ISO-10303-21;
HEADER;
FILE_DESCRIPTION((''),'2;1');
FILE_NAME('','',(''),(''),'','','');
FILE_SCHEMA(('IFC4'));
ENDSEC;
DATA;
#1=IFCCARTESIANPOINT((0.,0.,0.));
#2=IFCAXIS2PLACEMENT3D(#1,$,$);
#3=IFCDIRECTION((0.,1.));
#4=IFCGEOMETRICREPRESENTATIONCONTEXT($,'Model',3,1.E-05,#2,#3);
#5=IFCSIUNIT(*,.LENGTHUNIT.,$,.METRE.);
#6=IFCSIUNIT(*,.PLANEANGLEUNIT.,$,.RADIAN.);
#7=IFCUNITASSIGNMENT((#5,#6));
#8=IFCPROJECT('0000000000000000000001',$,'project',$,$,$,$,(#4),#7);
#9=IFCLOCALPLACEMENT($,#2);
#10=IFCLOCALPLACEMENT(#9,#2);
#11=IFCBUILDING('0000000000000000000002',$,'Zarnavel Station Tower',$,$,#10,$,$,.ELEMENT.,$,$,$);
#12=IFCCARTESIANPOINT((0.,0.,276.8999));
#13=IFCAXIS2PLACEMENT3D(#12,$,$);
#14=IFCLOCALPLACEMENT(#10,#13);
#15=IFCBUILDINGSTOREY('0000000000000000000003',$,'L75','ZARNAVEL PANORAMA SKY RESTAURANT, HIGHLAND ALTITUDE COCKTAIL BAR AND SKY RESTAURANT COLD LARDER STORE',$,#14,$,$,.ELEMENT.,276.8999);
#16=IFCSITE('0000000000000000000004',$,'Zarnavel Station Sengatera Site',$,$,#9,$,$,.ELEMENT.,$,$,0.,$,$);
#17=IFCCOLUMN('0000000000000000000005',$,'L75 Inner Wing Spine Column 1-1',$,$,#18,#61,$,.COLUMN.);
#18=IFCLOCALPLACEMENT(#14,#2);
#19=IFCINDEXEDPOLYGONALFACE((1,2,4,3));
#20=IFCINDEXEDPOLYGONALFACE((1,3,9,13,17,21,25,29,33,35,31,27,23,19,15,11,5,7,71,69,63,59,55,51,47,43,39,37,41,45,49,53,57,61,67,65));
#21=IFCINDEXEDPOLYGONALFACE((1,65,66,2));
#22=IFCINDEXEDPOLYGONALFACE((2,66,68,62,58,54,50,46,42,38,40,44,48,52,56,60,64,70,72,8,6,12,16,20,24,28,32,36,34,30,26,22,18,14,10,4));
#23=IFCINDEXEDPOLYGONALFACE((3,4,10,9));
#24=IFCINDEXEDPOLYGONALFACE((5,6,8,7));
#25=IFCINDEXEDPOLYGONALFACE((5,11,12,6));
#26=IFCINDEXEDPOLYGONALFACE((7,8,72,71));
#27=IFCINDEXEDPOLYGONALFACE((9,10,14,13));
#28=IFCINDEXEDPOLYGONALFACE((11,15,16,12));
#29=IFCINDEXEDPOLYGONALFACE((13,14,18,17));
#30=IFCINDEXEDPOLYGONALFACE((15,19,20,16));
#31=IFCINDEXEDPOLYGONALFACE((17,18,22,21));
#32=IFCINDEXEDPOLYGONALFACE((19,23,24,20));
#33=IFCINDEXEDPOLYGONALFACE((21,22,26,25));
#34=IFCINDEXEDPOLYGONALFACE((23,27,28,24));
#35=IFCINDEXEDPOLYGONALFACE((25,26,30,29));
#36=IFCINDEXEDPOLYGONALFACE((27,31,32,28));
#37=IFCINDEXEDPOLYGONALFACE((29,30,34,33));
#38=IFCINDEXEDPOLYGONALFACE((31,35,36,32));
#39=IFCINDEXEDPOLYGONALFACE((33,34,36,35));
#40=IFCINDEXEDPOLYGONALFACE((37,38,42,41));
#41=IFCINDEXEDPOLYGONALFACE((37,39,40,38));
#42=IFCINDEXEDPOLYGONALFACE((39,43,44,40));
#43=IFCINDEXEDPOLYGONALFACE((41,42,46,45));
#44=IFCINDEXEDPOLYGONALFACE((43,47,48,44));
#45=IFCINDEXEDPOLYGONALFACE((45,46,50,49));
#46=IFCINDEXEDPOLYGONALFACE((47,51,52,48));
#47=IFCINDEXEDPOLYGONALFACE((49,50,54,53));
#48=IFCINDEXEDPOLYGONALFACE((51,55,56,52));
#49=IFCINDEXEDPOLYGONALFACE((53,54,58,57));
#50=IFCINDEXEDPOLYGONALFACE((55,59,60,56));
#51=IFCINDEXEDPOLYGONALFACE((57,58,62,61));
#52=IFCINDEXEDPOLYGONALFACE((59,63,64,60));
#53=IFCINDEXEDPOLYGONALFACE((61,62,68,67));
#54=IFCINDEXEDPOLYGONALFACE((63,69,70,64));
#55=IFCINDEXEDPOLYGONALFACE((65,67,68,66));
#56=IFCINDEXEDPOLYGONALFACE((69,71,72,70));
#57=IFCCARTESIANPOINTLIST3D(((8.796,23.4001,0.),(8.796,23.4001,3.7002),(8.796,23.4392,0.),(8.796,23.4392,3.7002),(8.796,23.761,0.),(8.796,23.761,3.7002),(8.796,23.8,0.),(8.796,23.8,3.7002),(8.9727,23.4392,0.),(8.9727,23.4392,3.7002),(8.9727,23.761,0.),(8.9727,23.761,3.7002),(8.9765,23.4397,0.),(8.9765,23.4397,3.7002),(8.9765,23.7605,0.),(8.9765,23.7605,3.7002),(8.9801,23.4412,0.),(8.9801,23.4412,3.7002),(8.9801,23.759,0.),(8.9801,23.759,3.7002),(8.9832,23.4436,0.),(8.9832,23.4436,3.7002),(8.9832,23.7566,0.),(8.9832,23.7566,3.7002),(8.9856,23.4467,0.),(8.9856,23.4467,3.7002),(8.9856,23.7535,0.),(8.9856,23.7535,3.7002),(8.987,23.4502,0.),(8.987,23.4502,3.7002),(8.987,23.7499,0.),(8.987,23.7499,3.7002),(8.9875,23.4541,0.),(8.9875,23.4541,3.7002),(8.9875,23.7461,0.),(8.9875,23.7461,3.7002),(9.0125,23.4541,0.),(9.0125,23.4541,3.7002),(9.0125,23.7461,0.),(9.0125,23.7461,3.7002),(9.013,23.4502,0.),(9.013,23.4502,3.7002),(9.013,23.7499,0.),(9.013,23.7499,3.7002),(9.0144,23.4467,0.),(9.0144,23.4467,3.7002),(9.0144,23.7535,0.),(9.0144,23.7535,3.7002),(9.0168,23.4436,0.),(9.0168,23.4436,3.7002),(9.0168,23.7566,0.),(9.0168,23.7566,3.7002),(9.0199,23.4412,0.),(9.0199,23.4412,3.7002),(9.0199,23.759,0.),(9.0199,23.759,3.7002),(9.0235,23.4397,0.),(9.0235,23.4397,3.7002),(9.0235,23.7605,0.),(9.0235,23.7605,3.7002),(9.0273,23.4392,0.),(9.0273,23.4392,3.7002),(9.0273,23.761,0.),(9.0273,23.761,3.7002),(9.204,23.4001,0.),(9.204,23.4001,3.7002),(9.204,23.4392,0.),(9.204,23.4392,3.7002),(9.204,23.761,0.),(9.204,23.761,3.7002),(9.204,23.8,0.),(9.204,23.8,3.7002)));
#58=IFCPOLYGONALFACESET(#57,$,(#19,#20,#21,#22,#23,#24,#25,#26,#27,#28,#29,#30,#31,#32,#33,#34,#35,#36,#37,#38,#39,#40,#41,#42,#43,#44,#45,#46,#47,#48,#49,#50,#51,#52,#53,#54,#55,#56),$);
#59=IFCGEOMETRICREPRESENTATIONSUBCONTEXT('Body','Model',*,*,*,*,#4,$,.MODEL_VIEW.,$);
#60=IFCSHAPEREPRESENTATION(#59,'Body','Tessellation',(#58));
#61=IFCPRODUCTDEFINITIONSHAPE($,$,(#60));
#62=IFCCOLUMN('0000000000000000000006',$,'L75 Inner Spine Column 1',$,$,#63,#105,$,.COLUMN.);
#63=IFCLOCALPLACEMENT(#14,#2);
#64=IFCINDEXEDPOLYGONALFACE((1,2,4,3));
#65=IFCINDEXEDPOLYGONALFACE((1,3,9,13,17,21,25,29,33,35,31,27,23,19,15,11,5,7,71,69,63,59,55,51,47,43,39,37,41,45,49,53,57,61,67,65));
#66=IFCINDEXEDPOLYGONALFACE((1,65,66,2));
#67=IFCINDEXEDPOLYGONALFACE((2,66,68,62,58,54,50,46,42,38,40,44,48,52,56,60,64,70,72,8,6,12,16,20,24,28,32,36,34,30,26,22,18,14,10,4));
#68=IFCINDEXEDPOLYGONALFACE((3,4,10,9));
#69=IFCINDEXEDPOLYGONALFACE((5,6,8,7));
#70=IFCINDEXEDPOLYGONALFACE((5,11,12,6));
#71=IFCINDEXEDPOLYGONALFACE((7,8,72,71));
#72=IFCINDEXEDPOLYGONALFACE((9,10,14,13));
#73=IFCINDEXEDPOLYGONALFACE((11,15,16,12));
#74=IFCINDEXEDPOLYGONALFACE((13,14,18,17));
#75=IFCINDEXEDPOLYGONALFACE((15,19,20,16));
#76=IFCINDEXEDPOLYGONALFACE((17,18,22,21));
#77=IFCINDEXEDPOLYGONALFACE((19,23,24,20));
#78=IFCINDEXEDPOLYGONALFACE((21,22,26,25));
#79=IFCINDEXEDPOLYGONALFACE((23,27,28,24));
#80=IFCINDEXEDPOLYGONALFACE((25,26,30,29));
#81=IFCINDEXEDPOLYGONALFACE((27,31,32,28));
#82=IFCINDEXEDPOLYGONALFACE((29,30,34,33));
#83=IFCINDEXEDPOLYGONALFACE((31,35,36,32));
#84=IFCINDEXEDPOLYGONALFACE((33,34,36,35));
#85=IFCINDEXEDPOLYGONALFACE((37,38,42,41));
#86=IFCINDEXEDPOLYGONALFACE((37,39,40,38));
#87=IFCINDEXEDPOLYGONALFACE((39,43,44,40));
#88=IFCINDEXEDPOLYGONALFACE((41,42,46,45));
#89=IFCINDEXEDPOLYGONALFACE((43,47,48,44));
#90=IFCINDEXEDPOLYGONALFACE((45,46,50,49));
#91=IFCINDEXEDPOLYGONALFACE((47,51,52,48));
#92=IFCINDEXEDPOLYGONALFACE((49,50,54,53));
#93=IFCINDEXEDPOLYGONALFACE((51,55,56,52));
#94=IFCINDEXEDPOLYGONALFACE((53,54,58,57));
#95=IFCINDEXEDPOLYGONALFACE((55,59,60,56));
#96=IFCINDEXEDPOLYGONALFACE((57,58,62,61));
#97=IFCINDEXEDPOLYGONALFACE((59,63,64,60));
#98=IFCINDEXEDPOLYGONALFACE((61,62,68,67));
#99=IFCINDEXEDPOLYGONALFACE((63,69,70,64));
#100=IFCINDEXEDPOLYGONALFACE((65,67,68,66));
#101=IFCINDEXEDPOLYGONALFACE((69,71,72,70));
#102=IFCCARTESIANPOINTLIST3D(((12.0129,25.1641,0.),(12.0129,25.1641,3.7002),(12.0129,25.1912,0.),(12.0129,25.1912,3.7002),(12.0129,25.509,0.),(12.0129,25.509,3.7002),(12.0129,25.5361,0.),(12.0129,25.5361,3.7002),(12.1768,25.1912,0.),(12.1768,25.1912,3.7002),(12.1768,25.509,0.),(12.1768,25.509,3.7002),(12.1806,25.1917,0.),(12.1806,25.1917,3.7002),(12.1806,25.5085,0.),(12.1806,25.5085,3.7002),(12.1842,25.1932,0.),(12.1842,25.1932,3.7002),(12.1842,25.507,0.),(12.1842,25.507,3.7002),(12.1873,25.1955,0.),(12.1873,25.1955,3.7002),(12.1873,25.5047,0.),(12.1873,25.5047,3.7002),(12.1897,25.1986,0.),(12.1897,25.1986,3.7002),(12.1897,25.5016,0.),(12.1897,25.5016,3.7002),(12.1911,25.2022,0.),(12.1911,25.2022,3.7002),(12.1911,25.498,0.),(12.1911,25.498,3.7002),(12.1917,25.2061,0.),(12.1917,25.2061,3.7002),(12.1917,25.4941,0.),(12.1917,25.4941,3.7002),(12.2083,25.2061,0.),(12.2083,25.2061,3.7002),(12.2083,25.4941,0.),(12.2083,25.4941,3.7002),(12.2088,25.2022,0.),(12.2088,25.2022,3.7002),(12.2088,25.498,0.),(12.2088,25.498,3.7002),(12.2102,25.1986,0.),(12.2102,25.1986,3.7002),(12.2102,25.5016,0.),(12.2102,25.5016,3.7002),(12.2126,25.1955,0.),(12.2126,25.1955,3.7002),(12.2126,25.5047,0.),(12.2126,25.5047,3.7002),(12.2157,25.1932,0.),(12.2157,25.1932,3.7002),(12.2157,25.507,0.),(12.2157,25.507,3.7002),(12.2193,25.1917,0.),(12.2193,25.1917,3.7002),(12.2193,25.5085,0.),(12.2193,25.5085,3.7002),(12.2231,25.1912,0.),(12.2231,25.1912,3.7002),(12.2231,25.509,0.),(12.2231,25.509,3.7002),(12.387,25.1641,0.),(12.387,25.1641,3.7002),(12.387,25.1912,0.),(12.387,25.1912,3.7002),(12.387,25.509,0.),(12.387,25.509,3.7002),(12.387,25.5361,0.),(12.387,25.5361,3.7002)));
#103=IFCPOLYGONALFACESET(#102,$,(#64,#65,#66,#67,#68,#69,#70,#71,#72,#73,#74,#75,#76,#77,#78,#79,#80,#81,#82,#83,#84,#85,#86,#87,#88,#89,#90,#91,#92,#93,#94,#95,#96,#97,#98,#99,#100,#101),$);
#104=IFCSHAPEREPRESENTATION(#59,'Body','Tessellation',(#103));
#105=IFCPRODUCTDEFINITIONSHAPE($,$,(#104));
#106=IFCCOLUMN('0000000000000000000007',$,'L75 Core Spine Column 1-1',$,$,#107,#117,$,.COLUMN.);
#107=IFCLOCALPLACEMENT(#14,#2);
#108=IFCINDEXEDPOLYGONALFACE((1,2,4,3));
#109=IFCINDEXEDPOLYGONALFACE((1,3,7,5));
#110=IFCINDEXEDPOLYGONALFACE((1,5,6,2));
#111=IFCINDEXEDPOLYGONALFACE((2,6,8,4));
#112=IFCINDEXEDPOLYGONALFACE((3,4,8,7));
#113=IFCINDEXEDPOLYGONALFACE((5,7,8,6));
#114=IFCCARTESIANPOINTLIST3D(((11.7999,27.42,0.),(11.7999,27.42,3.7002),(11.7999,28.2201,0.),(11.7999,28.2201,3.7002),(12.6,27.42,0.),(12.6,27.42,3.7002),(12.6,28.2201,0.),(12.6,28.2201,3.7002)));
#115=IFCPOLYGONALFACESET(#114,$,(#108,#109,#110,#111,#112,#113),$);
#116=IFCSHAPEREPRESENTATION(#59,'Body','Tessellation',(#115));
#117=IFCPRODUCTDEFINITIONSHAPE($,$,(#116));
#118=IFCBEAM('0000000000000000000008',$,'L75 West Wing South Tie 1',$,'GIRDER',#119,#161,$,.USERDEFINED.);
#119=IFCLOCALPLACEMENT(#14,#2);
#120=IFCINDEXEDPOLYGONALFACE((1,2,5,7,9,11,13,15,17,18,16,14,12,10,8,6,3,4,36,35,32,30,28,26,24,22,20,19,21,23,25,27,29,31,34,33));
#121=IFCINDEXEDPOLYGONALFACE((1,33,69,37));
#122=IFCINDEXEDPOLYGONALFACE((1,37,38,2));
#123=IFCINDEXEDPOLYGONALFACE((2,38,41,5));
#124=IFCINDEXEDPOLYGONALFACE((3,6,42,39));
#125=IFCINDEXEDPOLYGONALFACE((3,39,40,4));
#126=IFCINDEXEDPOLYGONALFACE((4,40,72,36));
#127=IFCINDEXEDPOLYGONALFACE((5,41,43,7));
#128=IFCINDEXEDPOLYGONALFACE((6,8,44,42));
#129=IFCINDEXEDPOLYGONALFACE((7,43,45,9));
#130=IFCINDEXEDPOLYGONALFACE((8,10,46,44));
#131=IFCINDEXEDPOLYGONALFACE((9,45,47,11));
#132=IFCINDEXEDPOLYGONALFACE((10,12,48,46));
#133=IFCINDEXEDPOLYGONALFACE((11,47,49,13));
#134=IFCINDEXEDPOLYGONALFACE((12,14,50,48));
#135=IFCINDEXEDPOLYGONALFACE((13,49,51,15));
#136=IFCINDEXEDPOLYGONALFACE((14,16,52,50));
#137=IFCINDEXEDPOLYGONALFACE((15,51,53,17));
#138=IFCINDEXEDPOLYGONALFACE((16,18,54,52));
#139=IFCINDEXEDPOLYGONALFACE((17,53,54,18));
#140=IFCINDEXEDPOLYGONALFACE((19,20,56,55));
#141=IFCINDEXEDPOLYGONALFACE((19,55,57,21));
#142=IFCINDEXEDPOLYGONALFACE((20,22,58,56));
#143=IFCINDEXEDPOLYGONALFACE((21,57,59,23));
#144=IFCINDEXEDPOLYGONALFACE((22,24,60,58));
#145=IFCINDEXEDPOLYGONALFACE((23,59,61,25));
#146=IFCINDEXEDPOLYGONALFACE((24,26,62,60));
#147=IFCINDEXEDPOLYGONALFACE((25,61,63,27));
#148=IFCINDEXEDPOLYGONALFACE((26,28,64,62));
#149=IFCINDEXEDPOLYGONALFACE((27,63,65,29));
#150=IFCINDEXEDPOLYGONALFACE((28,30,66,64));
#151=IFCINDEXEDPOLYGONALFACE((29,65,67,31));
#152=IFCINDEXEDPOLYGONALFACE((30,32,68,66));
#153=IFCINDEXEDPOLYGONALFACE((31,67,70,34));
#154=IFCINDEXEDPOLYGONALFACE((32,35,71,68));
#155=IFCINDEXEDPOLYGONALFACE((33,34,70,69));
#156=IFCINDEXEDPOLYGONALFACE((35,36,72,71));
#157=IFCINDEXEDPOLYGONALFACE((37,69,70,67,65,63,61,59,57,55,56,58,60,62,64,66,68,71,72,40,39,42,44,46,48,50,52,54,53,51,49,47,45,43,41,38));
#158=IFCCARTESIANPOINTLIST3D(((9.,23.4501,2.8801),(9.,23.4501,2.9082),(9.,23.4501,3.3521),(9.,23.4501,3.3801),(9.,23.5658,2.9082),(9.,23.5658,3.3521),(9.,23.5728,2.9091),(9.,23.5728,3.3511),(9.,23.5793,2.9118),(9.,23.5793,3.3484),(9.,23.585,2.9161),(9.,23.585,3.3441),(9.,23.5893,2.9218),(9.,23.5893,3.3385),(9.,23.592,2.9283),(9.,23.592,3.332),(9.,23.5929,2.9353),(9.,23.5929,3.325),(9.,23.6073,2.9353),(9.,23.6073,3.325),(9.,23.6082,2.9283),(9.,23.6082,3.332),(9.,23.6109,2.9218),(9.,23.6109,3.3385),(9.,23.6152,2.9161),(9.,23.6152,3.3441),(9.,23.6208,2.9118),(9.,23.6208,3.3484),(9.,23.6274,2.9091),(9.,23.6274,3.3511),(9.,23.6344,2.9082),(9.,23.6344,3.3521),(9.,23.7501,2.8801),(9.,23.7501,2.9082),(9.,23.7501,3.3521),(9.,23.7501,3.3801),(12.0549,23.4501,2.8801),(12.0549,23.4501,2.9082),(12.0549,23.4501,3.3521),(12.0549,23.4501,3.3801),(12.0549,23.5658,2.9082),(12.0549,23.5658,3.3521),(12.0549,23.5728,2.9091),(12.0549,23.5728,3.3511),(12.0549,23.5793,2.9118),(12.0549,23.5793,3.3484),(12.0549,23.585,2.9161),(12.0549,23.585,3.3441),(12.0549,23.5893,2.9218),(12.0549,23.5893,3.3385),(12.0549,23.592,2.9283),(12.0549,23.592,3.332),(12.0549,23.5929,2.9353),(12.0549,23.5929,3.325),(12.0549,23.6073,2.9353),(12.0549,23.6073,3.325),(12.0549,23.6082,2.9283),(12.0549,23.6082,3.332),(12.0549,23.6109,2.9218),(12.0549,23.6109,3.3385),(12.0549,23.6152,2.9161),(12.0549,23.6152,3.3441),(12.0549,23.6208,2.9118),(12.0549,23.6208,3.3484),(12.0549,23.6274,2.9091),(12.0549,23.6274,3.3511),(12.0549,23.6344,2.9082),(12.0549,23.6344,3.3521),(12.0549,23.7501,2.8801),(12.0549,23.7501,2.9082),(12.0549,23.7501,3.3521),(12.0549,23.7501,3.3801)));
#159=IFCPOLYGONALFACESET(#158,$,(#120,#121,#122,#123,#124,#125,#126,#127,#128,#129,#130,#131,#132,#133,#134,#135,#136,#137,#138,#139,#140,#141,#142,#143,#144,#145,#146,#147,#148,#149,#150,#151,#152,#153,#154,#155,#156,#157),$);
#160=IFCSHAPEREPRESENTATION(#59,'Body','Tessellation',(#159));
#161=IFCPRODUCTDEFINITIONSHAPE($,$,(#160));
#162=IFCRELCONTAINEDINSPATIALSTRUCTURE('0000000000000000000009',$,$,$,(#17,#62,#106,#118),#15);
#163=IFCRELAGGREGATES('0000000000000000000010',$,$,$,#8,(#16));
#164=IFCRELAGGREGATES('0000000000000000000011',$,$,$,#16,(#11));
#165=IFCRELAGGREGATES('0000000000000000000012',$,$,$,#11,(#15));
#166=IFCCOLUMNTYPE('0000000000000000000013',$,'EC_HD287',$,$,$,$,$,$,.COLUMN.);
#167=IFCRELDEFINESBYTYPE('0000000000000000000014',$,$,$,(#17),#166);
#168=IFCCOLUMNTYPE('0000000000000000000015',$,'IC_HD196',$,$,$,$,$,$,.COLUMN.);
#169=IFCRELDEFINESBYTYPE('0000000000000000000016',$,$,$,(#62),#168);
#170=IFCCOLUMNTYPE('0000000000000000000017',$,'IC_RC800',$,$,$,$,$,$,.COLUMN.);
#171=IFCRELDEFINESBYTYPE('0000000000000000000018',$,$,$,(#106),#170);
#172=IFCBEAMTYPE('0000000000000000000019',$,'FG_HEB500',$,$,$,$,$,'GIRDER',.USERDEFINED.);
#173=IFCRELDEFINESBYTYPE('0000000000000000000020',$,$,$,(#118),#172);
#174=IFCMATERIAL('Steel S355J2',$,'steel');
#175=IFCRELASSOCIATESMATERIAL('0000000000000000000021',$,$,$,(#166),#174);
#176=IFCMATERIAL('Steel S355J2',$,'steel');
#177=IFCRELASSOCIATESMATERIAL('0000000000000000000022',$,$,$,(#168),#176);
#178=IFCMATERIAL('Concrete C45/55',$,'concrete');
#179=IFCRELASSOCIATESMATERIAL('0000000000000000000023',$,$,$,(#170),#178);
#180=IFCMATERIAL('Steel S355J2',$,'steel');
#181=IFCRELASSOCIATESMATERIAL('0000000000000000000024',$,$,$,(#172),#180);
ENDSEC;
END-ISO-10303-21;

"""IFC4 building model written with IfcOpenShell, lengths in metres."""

from ifc_helpers import new_model, si_unit, direction, frame, origin, origin_2d, place, context, subcontext, project, spatial, rectangle, i_section, extrude, material, material_profile, profile_set, type_object, element, save


model = new_model("IFC4")

# Units and contexts
model_context = context("Model", 3, precision=1e-05, world=origin(), true_north=direction((0.0, 1.0)))
body_context = subcontext(model_context, "Body", "Model", "MODEL_VIEW")
ifc_project = project(units=[si_unit("LENGTHUNIT", "METRE"), si_unit("PLANEANGLEUNIT", "RADIAN")], contexts=[model_context])

# Site, building, storey
site_placement = place(None, origin())
site = spatial("IfcSite", under=ifc_project, at=site_placement, Name="Zarnavel Station Sengatera Site", CompositionType="ELEMENT", RefElevation=0.0)
building_placement = place(site_placement, origin())
building = spatial("IfcBuilding", under=site, at=building_placement, Name="Zarnavel Station Tower", CompositionType="ELEMENT")
storey_placement = place(building_placement, frame((0.0, 0.0, 276.8999)))
storey = spatial("IfcBuildingStorey", under=building, at=storey_placement, Name="L75", Description="ZARNAVEL PANORAMA SKY RESTAURANT, HIGHLAND ALTITUDE COCKTAIL BAR AND SKY RESTAURANT COLD LARDER STORE", CompositionType="ELEMENT", Elevation=276.8999)

# Columns
ifc_material_1 = material(Name="Steel S355J2", Category="steel")
ifc_material_profile_1 = material_profile(ifc_material_1, i_section(OverallWidth=0.408, OverallDepth=0.3999, WebThickness=0.0249, FlangeThickness=0.0391, FilletRadius=0.0149, at=origin_2d()), Name="HD400x287")
ifc_profile_set_1 = profile_set([ifc_material_profile_1], Name="Steel S355J2")
column_type_1 = type_object("IfcColumnType", Name="EC_HD287", PredefinedType="COLUMN", material=ifc_profile_set_1)
column_1_placement = place(storey_placement, frame((9.0, 23.6001, 0.0), z_axis=(0.0, 0.0, 1.0), x_axis=(1.0, 0.0, 0.0)))
element("IfcColumn", 1, at=column_1_placement, inside=storey, type_object=column_type_1, Name="L75 Inner Wing Spine Column 1-1", PredefinedType="COLUMN", context=body_context, shape_type="SweptSolid", body=[
    extrude(i_section(OverallWidth=0.408, OverallDepth=0.3999, WebThickness=0.0249, FlangeThickness=0.0391, FilletRadius=0.0149, at=origin_2d()), origin(), (0.0, 0.0, 1.0), 3.7002),
])
ifc_material_2 = material(Name="Steel S355J2", Category="steel")
ifc_material_profile_2 = material_profile(ifc_material_2, i_section(OverallWidth=0.374, OverallDepth=0.3721, WebThickness=0.0166, FlangeThickness=0.0271, FilletRadius=0.0149, at=origin_2d()), Name="HD360x196")
ifc_profile_set_2 = profile_set([ifc_material_profile_2], Name="Steel S355J2")
column_type_2 = type_object("IfcColumnType", Name="IC_HD196", PredefinedType="COLUMN", material=ifc_profile_set_2)
column_2_placement = place(storey_placement, frame((12.2, 25.3501, 0.0), z_axis=(0.0, 0.0, 1.0), x_axis=(1.0, 0.0, 0.0)))
element("IfcColumn", 2, at=column_2_placement, inside=storey, type_object=column_type_2, Name="L75 Inner Spine Column 1", PredefinedType="COLUMN", context=body_context, shape_type="SweptSolid", body=[
    extrude(i_section(OverallWidth=0.374, OverallDepth=0.3721, WebThickness=0.0166, FlangeThickness=0.0271, FilletRadius=0.0149, at=origin_2d()), origin(), (0.0, 0.0, 1.0), 3.7002),
])
ifc_material_3 = material(Name="Concrete C45/55", Category="concrete")
ifc_material_profile_3 = material_profile(ifc_material_3, rectangle(XDim=0.8, YDim=0.8, at=origin_2d()), Name="RC800x800")
ifc_profile_set_3 = profile_set([ifc_material_profile_3], Name="Concrete C45/55")
column_type_3 = type_object("IfcColumnType", Name="IC_RC800", PredefinedType="COLUMN", material=ifc_profile_set_3)
column_3_placement = place(storey_placement, frame((12.2, 27.8201, 0.0), z_axis=(0.0, 0.0, 1.0), x_axis=(1.0, 0.0, 0.0)))
element("IfcColumn", 3, at=column_3_placement, inside=storey, type_object=column_type_3, Name="L75 Core Spine Column 1-1", PredefinedType="COLUMN", context=body_context, shape_type="SweptSolid", body=[
    extrude(rectangle(XDim=0.8, YDim=0.8, at=origin_2d()), origin(), (0.0, 0.0, 1.0), 3.7002),
])

# Beam
ifc_material_4 = material(Name="Steel S355J2", Category="steel")
ifc_material_profile_4 = material_profile(ifc_material_4, i_section(OverallWidth=0.3, OverallDepth=0.5, WebThickness=0.0144, FlangeThickness=0.0281, FilletRadius=0.0271, at=origin_2d()), Name="HEB500")
ifc_profile_set_4 = profile_set([ifc_material_profile_4], Name="Steel S355J2")
beam_type_1 = type_object("IfcBeamType", Name="FG_HEB500", ElementType="GIRDER", PredefinedType="USERDEFINED", material=ifc_profile_set_4)
beam_1_placement = place(storey_placement, frame((9.0, 23.6001, 3.1301), z_axis=(1.0, 0.0, 0.0), x_axis=(0.0, 1.0, 0.0)))
element("IfcBeam", 4, at=beam_1_placement, inside=storey, type_object=beam_type_1, Name="L75 West Wing South Tie 1", ObjectType="GIRDER", PredefinedType="USERDEFINED", context=body_context, shape_type="SweptSolid", body=[
    extrude(i_section(OverallWidth=0.3, OverallDepth=0.5, WebThickness=0.0144, FlangeThickness=0.0281, FilletRadius=0.0271, at=origin_2d()), origin(), (0.0, 0.0, 1.0), 3.0549),
])

save(model, "model.ifc")
